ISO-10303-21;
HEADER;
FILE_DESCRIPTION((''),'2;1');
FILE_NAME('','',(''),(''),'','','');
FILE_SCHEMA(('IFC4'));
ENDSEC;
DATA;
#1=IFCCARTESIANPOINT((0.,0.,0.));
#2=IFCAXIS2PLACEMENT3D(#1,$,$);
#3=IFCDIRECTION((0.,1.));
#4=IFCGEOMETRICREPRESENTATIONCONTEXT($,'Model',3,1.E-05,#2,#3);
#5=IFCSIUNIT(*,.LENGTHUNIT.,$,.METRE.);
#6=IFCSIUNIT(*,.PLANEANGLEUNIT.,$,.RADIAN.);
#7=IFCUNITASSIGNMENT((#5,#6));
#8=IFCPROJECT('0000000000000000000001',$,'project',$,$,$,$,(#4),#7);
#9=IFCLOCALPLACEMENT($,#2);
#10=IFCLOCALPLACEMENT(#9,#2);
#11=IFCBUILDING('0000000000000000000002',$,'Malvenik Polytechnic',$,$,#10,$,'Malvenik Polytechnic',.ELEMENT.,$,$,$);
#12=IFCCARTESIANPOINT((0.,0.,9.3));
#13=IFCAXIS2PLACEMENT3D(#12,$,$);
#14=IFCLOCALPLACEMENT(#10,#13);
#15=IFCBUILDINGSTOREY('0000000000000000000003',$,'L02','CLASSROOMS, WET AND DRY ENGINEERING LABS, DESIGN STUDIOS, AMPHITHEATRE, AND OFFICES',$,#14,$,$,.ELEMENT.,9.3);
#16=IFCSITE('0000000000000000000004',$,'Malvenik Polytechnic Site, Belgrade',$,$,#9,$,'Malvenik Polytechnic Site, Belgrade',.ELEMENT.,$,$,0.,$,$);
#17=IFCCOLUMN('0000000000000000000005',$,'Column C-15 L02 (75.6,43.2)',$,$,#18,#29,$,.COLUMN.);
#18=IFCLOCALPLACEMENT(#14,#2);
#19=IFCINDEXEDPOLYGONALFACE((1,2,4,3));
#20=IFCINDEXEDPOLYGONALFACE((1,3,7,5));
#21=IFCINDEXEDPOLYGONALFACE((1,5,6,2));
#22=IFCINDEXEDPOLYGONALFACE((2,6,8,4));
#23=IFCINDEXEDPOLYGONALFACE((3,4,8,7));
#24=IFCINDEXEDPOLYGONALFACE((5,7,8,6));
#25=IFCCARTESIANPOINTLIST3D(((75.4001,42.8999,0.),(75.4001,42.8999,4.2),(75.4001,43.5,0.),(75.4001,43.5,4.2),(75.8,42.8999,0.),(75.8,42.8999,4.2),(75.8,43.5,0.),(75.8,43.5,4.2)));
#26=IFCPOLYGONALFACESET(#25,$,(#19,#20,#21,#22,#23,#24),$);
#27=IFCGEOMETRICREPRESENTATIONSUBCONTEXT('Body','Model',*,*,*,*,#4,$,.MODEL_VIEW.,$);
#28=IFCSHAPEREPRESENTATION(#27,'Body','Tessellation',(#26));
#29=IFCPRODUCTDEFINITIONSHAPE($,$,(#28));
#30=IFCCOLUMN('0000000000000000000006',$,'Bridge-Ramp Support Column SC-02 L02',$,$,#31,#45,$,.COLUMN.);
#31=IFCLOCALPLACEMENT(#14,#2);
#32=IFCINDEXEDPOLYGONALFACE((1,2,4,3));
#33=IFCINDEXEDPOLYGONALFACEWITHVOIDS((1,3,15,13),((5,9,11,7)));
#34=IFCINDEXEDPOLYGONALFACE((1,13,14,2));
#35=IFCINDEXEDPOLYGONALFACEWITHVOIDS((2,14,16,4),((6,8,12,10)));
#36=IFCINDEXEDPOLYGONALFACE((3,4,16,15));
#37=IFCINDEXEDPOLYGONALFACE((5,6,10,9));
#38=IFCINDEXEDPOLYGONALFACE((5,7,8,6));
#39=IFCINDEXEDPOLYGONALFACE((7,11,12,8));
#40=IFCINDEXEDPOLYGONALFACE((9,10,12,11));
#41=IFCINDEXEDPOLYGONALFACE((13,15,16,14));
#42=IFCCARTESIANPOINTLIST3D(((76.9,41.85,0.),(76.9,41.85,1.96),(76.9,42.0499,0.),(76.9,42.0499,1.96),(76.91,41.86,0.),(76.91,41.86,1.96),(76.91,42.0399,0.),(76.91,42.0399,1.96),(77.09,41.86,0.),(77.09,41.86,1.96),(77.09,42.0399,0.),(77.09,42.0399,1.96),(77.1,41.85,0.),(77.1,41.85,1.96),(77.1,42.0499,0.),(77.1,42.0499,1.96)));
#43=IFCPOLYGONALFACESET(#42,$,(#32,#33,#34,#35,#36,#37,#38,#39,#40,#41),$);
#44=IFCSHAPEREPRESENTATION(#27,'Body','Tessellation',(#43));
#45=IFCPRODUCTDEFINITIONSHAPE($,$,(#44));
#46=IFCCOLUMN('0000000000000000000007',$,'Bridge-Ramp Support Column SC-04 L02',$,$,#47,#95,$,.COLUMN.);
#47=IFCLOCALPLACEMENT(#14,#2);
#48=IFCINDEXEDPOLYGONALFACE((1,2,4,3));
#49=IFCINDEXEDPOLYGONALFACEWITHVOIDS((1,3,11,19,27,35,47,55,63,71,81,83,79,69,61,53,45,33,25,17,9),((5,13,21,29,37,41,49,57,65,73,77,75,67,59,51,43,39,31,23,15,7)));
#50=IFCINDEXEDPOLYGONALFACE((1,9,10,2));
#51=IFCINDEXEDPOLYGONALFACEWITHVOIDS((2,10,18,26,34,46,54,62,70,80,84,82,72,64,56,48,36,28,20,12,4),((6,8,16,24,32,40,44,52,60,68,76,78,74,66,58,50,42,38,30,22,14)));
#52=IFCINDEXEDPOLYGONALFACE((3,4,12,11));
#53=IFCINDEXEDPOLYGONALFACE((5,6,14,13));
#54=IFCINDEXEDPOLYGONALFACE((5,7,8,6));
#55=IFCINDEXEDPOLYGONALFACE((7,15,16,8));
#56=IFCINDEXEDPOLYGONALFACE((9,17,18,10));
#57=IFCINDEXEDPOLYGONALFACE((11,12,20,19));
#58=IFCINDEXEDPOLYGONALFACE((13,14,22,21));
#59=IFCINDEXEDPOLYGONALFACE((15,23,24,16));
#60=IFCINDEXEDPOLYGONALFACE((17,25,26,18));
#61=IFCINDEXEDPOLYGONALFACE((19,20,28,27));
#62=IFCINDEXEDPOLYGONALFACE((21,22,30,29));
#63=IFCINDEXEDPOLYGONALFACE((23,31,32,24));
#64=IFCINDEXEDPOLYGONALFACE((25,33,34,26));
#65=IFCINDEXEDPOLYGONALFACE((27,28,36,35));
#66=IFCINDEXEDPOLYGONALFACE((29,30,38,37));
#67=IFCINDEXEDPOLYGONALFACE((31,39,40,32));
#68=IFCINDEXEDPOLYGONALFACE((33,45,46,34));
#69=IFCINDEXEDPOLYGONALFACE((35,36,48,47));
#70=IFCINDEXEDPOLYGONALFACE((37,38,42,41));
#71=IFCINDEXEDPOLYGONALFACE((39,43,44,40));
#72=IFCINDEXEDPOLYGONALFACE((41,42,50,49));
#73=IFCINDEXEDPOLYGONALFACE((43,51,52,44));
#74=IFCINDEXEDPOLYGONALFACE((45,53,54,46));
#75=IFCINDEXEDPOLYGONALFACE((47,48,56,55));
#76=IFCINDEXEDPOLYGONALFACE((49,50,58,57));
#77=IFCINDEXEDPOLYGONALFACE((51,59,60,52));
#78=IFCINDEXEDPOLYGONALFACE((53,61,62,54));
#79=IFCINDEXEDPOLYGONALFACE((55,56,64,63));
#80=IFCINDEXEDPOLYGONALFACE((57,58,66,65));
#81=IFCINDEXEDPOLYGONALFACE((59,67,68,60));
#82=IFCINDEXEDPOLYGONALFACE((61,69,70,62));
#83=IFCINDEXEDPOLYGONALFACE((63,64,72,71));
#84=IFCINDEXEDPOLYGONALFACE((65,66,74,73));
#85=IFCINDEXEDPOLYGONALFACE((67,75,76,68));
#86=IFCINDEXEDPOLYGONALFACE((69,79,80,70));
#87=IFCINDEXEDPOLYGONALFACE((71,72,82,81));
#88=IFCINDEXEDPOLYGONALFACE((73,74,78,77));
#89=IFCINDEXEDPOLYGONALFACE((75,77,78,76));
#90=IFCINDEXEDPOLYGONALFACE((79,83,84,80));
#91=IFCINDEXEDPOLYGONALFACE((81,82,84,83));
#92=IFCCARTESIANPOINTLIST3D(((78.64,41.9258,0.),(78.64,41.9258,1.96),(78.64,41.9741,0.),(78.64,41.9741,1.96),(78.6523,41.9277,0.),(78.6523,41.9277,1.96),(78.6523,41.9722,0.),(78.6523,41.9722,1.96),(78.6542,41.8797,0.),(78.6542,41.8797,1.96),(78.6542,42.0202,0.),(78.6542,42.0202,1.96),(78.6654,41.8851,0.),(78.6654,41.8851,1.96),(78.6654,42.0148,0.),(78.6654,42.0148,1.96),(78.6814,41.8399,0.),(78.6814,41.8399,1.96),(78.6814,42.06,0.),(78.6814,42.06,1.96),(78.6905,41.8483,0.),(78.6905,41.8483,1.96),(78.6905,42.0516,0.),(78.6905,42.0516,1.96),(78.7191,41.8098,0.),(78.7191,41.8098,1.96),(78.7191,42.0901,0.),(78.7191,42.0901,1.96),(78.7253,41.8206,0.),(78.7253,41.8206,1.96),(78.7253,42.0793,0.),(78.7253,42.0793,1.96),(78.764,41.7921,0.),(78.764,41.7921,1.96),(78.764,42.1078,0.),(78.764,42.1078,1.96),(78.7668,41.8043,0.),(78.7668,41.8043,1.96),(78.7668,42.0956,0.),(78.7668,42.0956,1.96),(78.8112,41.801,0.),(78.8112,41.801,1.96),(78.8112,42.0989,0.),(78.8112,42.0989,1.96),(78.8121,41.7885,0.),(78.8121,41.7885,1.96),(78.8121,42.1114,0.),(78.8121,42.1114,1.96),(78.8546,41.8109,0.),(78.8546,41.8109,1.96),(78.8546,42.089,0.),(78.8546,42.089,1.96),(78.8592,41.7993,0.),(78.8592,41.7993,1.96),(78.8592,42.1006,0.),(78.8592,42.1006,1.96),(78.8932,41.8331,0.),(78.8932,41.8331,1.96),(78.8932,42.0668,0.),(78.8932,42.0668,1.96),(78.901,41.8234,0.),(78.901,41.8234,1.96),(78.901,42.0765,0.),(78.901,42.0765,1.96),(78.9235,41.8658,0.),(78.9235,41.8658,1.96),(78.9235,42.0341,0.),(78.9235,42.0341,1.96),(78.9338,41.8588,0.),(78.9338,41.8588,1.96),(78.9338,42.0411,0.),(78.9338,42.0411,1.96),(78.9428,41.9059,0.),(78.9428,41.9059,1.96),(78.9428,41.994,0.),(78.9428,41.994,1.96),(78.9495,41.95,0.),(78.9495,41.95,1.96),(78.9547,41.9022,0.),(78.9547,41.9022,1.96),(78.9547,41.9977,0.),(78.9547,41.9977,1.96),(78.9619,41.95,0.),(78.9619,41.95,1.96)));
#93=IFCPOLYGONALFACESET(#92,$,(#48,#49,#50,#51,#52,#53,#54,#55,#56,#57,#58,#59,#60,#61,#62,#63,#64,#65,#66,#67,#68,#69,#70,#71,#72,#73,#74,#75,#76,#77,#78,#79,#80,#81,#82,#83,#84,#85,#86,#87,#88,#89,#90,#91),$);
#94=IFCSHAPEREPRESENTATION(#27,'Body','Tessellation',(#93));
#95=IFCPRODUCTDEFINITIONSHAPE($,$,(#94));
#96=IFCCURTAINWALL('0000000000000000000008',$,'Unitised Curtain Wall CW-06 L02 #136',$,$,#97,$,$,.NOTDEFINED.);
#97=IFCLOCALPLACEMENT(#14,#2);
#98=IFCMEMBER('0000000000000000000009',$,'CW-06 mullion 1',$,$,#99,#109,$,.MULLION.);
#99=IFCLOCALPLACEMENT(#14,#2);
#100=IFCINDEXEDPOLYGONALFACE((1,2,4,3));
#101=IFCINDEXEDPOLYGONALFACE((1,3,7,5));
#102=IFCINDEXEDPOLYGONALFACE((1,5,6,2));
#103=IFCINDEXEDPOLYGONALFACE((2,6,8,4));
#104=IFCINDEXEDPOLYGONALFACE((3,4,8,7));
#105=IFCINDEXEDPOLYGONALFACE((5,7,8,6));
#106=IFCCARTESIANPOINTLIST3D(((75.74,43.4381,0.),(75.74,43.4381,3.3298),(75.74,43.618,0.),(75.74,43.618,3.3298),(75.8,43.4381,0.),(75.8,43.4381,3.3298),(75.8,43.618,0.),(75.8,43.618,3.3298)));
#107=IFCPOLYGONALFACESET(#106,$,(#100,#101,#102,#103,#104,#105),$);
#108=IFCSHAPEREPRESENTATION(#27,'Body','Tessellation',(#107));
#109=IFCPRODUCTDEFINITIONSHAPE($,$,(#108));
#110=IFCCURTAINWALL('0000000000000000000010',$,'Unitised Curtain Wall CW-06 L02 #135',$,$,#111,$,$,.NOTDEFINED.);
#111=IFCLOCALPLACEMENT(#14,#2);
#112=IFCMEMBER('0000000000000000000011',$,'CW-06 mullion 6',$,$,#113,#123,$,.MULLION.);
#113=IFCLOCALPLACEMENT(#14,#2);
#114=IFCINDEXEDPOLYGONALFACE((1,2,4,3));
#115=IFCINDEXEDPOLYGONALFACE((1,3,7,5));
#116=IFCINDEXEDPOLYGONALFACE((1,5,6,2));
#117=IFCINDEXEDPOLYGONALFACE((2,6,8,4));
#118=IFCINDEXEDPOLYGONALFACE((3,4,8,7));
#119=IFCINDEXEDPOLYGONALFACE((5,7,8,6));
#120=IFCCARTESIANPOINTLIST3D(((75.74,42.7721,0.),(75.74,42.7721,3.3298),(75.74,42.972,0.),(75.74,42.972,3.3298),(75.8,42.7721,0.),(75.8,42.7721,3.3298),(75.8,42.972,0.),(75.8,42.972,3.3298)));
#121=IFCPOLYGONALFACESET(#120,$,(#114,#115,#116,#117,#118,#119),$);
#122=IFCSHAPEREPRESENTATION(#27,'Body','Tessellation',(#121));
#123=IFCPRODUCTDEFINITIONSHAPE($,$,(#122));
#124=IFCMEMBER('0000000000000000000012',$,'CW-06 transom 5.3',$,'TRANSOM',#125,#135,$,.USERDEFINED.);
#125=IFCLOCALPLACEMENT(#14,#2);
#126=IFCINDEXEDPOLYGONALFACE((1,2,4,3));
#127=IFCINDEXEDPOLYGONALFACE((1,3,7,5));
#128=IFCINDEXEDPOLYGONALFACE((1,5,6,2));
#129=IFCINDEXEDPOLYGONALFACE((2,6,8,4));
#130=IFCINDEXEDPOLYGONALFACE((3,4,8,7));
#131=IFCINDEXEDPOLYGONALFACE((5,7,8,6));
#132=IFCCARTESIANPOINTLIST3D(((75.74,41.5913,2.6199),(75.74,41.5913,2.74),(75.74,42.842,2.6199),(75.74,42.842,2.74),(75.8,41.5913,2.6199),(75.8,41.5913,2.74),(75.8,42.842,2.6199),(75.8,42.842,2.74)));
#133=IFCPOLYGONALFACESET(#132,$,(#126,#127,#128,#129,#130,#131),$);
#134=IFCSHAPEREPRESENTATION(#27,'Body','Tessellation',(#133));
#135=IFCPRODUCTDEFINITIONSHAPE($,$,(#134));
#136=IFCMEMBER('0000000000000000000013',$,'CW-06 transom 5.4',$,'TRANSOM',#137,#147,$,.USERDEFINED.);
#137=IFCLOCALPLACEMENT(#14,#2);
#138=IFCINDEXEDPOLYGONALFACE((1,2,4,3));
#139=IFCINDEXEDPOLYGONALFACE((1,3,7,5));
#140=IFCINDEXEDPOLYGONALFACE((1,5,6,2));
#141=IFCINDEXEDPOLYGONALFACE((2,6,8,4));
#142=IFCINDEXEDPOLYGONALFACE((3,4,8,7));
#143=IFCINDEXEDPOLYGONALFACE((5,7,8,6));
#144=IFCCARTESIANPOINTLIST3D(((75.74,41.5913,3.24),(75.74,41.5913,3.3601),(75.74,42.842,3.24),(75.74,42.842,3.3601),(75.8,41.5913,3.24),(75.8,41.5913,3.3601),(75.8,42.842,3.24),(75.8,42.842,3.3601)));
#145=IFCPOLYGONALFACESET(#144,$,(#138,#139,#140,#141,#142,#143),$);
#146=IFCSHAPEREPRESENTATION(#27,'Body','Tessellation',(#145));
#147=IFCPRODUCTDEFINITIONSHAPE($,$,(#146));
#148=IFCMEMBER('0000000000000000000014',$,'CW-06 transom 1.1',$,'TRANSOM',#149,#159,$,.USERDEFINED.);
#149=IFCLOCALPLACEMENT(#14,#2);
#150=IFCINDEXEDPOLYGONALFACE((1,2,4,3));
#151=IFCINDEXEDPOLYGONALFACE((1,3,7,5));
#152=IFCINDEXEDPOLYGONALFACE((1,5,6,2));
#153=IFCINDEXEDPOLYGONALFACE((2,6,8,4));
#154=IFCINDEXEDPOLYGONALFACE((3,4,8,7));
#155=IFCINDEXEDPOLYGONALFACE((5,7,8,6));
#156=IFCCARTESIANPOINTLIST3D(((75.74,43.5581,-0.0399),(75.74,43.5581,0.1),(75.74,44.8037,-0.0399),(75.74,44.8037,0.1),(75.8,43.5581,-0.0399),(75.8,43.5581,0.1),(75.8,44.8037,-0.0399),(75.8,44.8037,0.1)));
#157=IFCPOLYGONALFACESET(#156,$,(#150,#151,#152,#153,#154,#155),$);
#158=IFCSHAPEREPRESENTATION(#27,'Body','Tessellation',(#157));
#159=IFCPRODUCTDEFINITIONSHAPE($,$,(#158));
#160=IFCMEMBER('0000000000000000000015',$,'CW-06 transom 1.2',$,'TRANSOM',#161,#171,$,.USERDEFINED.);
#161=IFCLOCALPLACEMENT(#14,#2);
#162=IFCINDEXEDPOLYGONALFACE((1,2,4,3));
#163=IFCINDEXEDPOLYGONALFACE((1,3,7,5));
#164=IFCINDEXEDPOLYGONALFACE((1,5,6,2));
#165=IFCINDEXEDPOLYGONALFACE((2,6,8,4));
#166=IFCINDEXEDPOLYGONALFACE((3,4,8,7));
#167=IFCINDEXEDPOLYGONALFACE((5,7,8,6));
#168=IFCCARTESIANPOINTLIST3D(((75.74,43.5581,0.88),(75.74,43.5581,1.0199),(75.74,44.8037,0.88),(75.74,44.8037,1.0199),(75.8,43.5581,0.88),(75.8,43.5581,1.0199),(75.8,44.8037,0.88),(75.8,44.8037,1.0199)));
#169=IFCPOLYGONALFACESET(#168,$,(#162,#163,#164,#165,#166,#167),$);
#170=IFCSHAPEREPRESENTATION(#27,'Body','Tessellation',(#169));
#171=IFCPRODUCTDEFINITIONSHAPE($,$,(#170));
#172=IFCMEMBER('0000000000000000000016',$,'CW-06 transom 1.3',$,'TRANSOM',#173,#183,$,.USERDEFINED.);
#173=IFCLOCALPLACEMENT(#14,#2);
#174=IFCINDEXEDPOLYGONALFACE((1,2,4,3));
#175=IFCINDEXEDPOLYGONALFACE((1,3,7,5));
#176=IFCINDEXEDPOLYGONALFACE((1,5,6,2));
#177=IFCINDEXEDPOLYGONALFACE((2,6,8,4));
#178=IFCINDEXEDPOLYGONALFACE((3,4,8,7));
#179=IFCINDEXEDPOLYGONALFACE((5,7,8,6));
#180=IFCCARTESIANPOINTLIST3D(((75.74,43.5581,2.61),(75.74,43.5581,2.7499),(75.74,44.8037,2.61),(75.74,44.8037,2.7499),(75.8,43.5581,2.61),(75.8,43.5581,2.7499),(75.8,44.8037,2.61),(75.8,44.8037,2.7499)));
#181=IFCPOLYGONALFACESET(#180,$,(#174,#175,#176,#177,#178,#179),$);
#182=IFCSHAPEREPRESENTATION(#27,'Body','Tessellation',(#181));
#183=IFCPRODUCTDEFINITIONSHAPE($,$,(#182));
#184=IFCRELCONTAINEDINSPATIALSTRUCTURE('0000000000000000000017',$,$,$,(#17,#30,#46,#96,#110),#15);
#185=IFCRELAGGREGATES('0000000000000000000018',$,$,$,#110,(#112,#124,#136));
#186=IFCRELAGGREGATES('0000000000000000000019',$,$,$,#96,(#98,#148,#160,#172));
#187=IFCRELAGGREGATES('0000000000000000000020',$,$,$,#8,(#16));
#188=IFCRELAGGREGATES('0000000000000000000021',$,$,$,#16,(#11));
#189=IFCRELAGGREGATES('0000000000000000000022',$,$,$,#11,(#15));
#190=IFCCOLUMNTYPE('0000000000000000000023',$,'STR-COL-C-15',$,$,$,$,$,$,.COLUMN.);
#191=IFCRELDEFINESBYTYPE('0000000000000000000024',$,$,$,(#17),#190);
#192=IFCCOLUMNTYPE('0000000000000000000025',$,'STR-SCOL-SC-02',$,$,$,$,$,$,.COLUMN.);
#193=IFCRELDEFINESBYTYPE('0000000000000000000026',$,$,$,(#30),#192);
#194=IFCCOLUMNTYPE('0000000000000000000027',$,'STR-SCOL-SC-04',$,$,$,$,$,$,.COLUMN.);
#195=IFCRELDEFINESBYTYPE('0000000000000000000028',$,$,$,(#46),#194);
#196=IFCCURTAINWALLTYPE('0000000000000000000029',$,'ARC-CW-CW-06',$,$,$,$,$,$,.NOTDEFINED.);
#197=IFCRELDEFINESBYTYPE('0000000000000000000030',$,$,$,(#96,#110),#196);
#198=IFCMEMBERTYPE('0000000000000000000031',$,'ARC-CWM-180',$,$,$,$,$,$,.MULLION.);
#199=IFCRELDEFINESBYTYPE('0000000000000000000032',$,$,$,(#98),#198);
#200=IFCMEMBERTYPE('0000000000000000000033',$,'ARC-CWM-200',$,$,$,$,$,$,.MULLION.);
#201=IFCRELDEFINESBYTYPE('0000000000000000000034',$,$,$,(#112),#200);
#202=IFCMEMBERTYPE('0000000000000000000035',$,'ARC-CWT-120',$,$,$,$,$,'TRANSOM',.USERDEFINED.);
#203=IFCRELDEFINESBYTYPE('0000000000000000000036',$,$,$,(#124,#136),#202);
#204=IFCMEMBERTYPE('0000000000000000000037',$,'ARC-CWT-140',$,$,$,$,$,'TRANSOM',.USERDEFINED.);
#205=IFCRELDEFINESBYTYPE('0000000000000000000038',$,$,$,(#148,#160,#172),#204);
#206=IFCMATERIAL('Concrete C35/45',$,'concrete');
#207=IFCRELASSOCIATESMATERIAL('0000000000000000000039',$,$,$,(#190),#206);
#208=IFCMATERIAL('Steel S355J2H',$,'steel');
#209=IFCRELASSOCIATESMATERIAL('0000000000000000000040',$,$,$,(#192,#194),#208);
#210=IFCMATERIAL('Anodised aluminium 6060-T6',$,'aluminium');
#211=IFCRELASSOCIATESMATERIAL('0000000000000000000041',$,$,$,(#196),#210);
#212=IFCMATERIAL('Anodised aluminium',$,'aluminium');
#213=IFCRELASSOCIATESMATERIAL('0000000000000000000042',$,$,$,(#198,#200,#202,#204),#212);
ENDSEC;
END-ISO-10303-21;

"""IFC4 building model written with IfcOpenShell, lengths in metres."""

from ifc_helpers import new_model, si_unit, direction, frame, origin, origin_2d, place, context, subcontext, project, spatial, rectangle, hollow_rectangle, hollow_circle, extrude, material, material_profile, profile_set, type_object, element, aggregate, save


model = new_model("IFC4")

# Units and contexts
model_context = context("Model", 3, precision=1e-05, world=origin(), true_north=direction((0.0, 1.0)))
body_context = subcontext(model_context, "Body", "Model", "MODEL_VIEW")
ifc_project = project(units=[si_unit("LENGTHUNIT", "METRE"), si_unit("PLANEANGLEUNIT", "RADIAN")], contexts=[model_context])

# Site, building, storey
site_placement = place(None, origin())
site = spatial("IfcSite", under=ifc_project, at=site_placement, Name="Malvenik Polytechnic Site, Belgrade", LongName="Malvenik Polytechnic Site, Belgrade", CompositionType="ELEMENT", RefElevation=0.0)
building_placement = place(site_placement, origin())
building = spatial("IfcBuilding", under=site, at=building_placement, Name="Malvenik Polytechnic", LongName="Malvenik Polytechnic", CompositionType="ELEMENT")
storey_placement = place(building_placement, frame((0.0, 0.0, 9.3)))
storey = spatial("IfcBuildingStorey", under=building, at=storey_placement, Name="L02", Description="CLASSROOMS, WET AND DRY ENGINEERING LABS, DESIGN STUDIOS, AMPHITHEATRE, AND OFFICES", CompositionType="ELEMENT", Elevation=9.3)

# Columns
ifc_material_1 = material(Name="Concrete C35/45", Category="concrete")
ifc_material_profile_1 = material_profile(ifc_material_1, rectangle(XDim=0.3999, YDim=0.6001, at=origin_2d()), Name="RC COL 600x400")
ifc_profile_set_1 = profile_set([ifc_material_profile_1], Name="Concrete C35/45")
column_type_1 = type_object("IfcColumnType", Name="STR-COL-C-15", PredefinedType="COLUMN", material=ifc_profile_set_1)
column_1_placement = place(storey_placement, frame((75.6001, 43.2, 0.0), z_axis=(0.0, 0.0, 1.0), x_axis=(1.0, 0.0, 0.0)))
element("IfcColumn", 1, at=column_1_placement, inside=storey, type_object=column_type_1, Name="Column C-15 L02 (75.6,43.2)", PredefinedType="COLUMN", context=body_context, shape_type="SweptSolid", body=[
    extrude(rectangle(XDim=0.3999, YDim=0.6001, at=origin_2d()), origin(), (0.0, 0.0, 1.0), 4.2),
])
ifc_material_2 = material(Name="Steel S355J2H", Category="steel")
ifc_material_profile_2 = material_profile(ifc_material_2, hollow_rectangle(XDim=0.2, YDim=0.2, WallThickness=0.01, at=origin_2d()), Name="SHS 200x200x10.0")
ifc_profile_set_2 = profile_set([ifc_material_profile_2], Name="Steel S355J2H")
column_type_2 = type_object("IfcColumnType", Name="STR-SCOL-SC-02", PredefinedType="COLUMN", material=ifc_profile_set_2)
column_2_placement = place(storey_placement, frame((77.0, 41.95, 0.0), z_axis=(0.0, 0.0, 1.0), x_axis=(1.0, 0.0, 0.0)))
element("IfcColumn", 2, at=column_2_placement, inside=storey, type_object=column_type_2, Name="Bridge-Ramp Support Column SC-02 L02", PredefinedType="COLUMN", context=body_context, shape_type="SweptSolid", body=[
    extrude(hollow_rectangle(XDim=0.2, YDim=0.2, WallThickness=0.01, at=origin_2d()), origin(), (0.0, 0.0, 1.0), 1.96),
])
ifc_material_profile_3 = material_profile(ifc_material_2, hollow_circle(Radius=0.1619, WallThickness=0.0125, at=origin_2d()), Name="CHS 323.9x12.5")
ifc_profile_set_3 = profile_set([ifc_material_profile_3], Name="Steel S355J2H")
column_type_3 = type_object("IfcColumnType", Name="STR-SCOL-SC-04", PredefinedType="COLUMN", material=ifc_profile_set_3)
column_3_placement = place(storey_placement, frame((78.8, 41.95, 0.0), z_axis=(0.0, 0.0, 1.0), x_axis=(1.0, 0.0, 0.0)))
element("IfcColumn", 3, at=column_3_placement, inside=storey, type_object=column_type_3, Name="Bridge-Ramp Support Column SC-04 L02", PredefinedType="COLUMN", context=body_context, shape_type="SweptSolid", body=[
    extrude(hollow_circle(Radius=0.1619, WallThickness=0.0125, at=origin_2d()), origin(), (0.0, 0.0, 1.0), 1.96),
])

# Curtain wall, member
ifc_material_3 = material(Name="Anodised aluminium 6060-T6", Category="aluminium")
curtain_wall_type = type_object("IfcCurtainWallType", Name="ARC-CW-CW-06", PredefinedType="NOTDEFINED", material=ifc_material_3)
curtain_wall_1_placement = place(storey_placement, origin())
curtain_wall_1 = element("IfcCurtainWall", 4, at=curtain_wall_1_placement, inside=storey, type_object=curtain_wall_type, Name="Unitised Curtain Wall CW-06 L02 #136", PredefinedType="NOTDEFINED")
ifc_material_4 = material(Name="Anodised aluminium", Category="aluminium")
ifc_material_profile_4 = material_profile(ifc_material_4, rectangle(XDim=0.0601, YDim=0.1799, at=origin_2d()), Name="ALU MULLION 60x180")
ifc_profile_set_4 = profile_set([ifc_material_profile_4], Name="Anodised aluminium")
member_type_1 = type_object("IfcMemberType", Name="ARC-CWM-180", PredefinedType="MULLION", material=ifc_profile_set_4)
member_1_placement = place(storey_placement, frame((75.77, 43.5281, 0.0), z_axis=(0.0, 0.0, 1.0), x_axis=(-1.0, 0.0, 0.0)))
member_1 = element("IfcMember", 5, at=member_1_placement, type_object=member_type_1, Name="CW-06 mullion 1", PredefinedType="MULLION", context=body_context, shape_type="SweptSolid", body=[
    extrude(rectangle(XDim=0.0601, YDim=0.1799, at=origin_2d()), origin(), (0.0, 0.0, 1.0), 3.3298),
])

# Curtain wall, members
curtain_wall_2_placement = place(storey_placement, origin())
curtain_wall_2 = element("IfcCurtainWall", 6, at=curtain_wall_2_placement, inside=storey, type_object=curtain_wall_type, Name="Unitised Curtain Wall CW-06 L02 #135", PredefinedType="NOTDEFINED")
ifc_material_profile_5 = material_profile(ifc_material_4, rectangle(XDim=0.0601, YDim=0.2, at=origin_2d()), Name="ALU MULLION 60x200")
ifc_profile_set_5 = profile_set([ifc_material_profile_5], Name="Anodised aluminium")
member_type_2 = type_object("IfcMemberType", Name="ARC-CWM-200", PredefinedType="MULLION", material=ifc_profile_set_5)
member_2_placement = place(storey_placement, frame((75.77, 42.8721, 0.0), z_axis=(0.0, 0.0, 1.0), x_axis=(-1.0, 0.0, 0.0)))
member_2 = element("IfcMember", 7, at=member_2_placement, type_object=member_type_2, Name="CW-06 mullion 6", PredefinedType="MULLION", context=body_context, shape_type="SweptSolid", body=[
    extrude(rectangle(XDim=0.0601, YDim=0.2, at=origin_2d()), origin(), (0.0, 0.0, 1.0), 3.3298),
])
ifc_material_profile_6 = material_profile(ifc_material_4, rectangle(XDim=0.0601, YDim=0.1201, at=origin_2d()), Name="ALU TRANSOM 60x120")
ifc_profile_set_6 = profile_set([ifc_material_profile_6], Name="Anodised aluminium")
member_type_3 = type_object("IfcMemberType", Name="ARC-CWT-120", ElementType="TRANSOM", PredefinedType="USERDEFINED", material=ifc_profile_set_6)
member_3_placement = place(storey_placement, frame((75.77, 41.5913, 2.6799), z_axis=(0.0, 1.0, 0.0), x_axis=(-1.0, 0.0, 0.0)))
member_3 = element("IfcMember", 8, at=member_3_placement, type_object=member_type_3, Name="CW-06 transom 5.3", ObjectType="TRANSOM", PredefinedType="USERDEFINED", context=body_context, shape_type="SweptSolid", body=[
    extrude(rectangle(XDim=0.0601, YDim=0.1201, at=origin_2d()), origin(), (0.0, 0.0, 1.0), 1.2507),
])
member_4_placement = place(storey_placement, frame((75.77, 41.5913, 3.3), z_axis=(0.0, 1.0, 0.0), x_axis=(-1.0, 0.0, 0.0)))
member_4 = element("IfcMember", 9, at=member_4_placement, type_object=member_type_3, Name="CW-06 transom 5.4", ObjectType="TRANSOM", PredefinedType="USERDEFINED", context=body_context, shape_type="SweptSolid", body=[
    extrude(rectangle(XDim=0.0601, YDim=0.1201, at=origin_2d()), origin(), (0.0, 0.0, 1.0), 1.2507),
])

# Members
ifc_material_profile_7 = material_profile(ifc_material_4, rectangle(XDim=0.0601, YDim=0.1399, at=origin_2d()), Name="ALU TRANSOM 60x140")
ifc_profile_set_7 = profile_set([ifc_material_profile_7], Name="Anodised aluminium")
member_type_4 = type_object("IfcMemberType", Name="ARC-CWT-140", ElementType="TRANSOM", PredefinedType="USERDEFINED", material=ifc_profile_set_7)
member_5_placement = place(storey_placement, frame((75.77, 43.5581, 0.03), z_axis=(0.0, 1.0, 0.0), x_axis=(-1.0, 0.0, 0.0)))
member_5 = element("IfcMember", 10, at=member_5_placement, type_object=member_type_4, Name="CW-06 transom 1.1", ObjectType="TRANSOM", PredefinedType="USERDEFINED", context=body_context, shape_type="SweptSolid", body=[
    extrude(rectangle(XDim=0.0601, YDim=0.1399, at=origin_2d()), origin(), (0.0, 0.0, 1.0), 1.2456),
])
member_6_placement = place(storey_placement, frame((75.77, 43.5581, 0.95), z_axis=(0.0, 1.0, 0.0), x_axis=(-1.0, 0.0, 0.0)))
member_6 = element("IfcMember", 11, at=member_6_placement, type_object=member_type_4, Name="CW-06 transom 1.2", ObjectType="TRANSOM", PredefinedType="USERDEFINED", context=body_context, shape_type="SweptSolid", body=[
    extrude(rectangle(XDim=0.0601, YDim=0.1399, at=origin_2d()), origin(), (0.0, 0.0, 1.0), 1.2456),
])
member_7_placement = place(storey_placement, frame((75.77, 43.5581, 2.6799), z_axis=(0.0, 1.0, 0.0), x_axis=(-1.0, 0.0, 0.0)))
member_7 = element("IfcMember", 12, at=member_7_placement, type_object=member_type_4, Name="CW-06 transom 1.3", ObjectType="TRANSOM", PredefinedType="USERDEFINED", context=body_context, shape_type="SweptSolid", body=[
    extrude(rectangle(XDim=0.0601, YDim=0.1399, at=origin_2d()), origin(), (0.0, 0.0, 1.0), 1.2456),
])

aggregate(curtain_wall_2, [member_2, member_3, member_4])
aggregate(curtain_wall_1, [member_1, member_5, member_6, member_7])

save(model, "model.ifc")
